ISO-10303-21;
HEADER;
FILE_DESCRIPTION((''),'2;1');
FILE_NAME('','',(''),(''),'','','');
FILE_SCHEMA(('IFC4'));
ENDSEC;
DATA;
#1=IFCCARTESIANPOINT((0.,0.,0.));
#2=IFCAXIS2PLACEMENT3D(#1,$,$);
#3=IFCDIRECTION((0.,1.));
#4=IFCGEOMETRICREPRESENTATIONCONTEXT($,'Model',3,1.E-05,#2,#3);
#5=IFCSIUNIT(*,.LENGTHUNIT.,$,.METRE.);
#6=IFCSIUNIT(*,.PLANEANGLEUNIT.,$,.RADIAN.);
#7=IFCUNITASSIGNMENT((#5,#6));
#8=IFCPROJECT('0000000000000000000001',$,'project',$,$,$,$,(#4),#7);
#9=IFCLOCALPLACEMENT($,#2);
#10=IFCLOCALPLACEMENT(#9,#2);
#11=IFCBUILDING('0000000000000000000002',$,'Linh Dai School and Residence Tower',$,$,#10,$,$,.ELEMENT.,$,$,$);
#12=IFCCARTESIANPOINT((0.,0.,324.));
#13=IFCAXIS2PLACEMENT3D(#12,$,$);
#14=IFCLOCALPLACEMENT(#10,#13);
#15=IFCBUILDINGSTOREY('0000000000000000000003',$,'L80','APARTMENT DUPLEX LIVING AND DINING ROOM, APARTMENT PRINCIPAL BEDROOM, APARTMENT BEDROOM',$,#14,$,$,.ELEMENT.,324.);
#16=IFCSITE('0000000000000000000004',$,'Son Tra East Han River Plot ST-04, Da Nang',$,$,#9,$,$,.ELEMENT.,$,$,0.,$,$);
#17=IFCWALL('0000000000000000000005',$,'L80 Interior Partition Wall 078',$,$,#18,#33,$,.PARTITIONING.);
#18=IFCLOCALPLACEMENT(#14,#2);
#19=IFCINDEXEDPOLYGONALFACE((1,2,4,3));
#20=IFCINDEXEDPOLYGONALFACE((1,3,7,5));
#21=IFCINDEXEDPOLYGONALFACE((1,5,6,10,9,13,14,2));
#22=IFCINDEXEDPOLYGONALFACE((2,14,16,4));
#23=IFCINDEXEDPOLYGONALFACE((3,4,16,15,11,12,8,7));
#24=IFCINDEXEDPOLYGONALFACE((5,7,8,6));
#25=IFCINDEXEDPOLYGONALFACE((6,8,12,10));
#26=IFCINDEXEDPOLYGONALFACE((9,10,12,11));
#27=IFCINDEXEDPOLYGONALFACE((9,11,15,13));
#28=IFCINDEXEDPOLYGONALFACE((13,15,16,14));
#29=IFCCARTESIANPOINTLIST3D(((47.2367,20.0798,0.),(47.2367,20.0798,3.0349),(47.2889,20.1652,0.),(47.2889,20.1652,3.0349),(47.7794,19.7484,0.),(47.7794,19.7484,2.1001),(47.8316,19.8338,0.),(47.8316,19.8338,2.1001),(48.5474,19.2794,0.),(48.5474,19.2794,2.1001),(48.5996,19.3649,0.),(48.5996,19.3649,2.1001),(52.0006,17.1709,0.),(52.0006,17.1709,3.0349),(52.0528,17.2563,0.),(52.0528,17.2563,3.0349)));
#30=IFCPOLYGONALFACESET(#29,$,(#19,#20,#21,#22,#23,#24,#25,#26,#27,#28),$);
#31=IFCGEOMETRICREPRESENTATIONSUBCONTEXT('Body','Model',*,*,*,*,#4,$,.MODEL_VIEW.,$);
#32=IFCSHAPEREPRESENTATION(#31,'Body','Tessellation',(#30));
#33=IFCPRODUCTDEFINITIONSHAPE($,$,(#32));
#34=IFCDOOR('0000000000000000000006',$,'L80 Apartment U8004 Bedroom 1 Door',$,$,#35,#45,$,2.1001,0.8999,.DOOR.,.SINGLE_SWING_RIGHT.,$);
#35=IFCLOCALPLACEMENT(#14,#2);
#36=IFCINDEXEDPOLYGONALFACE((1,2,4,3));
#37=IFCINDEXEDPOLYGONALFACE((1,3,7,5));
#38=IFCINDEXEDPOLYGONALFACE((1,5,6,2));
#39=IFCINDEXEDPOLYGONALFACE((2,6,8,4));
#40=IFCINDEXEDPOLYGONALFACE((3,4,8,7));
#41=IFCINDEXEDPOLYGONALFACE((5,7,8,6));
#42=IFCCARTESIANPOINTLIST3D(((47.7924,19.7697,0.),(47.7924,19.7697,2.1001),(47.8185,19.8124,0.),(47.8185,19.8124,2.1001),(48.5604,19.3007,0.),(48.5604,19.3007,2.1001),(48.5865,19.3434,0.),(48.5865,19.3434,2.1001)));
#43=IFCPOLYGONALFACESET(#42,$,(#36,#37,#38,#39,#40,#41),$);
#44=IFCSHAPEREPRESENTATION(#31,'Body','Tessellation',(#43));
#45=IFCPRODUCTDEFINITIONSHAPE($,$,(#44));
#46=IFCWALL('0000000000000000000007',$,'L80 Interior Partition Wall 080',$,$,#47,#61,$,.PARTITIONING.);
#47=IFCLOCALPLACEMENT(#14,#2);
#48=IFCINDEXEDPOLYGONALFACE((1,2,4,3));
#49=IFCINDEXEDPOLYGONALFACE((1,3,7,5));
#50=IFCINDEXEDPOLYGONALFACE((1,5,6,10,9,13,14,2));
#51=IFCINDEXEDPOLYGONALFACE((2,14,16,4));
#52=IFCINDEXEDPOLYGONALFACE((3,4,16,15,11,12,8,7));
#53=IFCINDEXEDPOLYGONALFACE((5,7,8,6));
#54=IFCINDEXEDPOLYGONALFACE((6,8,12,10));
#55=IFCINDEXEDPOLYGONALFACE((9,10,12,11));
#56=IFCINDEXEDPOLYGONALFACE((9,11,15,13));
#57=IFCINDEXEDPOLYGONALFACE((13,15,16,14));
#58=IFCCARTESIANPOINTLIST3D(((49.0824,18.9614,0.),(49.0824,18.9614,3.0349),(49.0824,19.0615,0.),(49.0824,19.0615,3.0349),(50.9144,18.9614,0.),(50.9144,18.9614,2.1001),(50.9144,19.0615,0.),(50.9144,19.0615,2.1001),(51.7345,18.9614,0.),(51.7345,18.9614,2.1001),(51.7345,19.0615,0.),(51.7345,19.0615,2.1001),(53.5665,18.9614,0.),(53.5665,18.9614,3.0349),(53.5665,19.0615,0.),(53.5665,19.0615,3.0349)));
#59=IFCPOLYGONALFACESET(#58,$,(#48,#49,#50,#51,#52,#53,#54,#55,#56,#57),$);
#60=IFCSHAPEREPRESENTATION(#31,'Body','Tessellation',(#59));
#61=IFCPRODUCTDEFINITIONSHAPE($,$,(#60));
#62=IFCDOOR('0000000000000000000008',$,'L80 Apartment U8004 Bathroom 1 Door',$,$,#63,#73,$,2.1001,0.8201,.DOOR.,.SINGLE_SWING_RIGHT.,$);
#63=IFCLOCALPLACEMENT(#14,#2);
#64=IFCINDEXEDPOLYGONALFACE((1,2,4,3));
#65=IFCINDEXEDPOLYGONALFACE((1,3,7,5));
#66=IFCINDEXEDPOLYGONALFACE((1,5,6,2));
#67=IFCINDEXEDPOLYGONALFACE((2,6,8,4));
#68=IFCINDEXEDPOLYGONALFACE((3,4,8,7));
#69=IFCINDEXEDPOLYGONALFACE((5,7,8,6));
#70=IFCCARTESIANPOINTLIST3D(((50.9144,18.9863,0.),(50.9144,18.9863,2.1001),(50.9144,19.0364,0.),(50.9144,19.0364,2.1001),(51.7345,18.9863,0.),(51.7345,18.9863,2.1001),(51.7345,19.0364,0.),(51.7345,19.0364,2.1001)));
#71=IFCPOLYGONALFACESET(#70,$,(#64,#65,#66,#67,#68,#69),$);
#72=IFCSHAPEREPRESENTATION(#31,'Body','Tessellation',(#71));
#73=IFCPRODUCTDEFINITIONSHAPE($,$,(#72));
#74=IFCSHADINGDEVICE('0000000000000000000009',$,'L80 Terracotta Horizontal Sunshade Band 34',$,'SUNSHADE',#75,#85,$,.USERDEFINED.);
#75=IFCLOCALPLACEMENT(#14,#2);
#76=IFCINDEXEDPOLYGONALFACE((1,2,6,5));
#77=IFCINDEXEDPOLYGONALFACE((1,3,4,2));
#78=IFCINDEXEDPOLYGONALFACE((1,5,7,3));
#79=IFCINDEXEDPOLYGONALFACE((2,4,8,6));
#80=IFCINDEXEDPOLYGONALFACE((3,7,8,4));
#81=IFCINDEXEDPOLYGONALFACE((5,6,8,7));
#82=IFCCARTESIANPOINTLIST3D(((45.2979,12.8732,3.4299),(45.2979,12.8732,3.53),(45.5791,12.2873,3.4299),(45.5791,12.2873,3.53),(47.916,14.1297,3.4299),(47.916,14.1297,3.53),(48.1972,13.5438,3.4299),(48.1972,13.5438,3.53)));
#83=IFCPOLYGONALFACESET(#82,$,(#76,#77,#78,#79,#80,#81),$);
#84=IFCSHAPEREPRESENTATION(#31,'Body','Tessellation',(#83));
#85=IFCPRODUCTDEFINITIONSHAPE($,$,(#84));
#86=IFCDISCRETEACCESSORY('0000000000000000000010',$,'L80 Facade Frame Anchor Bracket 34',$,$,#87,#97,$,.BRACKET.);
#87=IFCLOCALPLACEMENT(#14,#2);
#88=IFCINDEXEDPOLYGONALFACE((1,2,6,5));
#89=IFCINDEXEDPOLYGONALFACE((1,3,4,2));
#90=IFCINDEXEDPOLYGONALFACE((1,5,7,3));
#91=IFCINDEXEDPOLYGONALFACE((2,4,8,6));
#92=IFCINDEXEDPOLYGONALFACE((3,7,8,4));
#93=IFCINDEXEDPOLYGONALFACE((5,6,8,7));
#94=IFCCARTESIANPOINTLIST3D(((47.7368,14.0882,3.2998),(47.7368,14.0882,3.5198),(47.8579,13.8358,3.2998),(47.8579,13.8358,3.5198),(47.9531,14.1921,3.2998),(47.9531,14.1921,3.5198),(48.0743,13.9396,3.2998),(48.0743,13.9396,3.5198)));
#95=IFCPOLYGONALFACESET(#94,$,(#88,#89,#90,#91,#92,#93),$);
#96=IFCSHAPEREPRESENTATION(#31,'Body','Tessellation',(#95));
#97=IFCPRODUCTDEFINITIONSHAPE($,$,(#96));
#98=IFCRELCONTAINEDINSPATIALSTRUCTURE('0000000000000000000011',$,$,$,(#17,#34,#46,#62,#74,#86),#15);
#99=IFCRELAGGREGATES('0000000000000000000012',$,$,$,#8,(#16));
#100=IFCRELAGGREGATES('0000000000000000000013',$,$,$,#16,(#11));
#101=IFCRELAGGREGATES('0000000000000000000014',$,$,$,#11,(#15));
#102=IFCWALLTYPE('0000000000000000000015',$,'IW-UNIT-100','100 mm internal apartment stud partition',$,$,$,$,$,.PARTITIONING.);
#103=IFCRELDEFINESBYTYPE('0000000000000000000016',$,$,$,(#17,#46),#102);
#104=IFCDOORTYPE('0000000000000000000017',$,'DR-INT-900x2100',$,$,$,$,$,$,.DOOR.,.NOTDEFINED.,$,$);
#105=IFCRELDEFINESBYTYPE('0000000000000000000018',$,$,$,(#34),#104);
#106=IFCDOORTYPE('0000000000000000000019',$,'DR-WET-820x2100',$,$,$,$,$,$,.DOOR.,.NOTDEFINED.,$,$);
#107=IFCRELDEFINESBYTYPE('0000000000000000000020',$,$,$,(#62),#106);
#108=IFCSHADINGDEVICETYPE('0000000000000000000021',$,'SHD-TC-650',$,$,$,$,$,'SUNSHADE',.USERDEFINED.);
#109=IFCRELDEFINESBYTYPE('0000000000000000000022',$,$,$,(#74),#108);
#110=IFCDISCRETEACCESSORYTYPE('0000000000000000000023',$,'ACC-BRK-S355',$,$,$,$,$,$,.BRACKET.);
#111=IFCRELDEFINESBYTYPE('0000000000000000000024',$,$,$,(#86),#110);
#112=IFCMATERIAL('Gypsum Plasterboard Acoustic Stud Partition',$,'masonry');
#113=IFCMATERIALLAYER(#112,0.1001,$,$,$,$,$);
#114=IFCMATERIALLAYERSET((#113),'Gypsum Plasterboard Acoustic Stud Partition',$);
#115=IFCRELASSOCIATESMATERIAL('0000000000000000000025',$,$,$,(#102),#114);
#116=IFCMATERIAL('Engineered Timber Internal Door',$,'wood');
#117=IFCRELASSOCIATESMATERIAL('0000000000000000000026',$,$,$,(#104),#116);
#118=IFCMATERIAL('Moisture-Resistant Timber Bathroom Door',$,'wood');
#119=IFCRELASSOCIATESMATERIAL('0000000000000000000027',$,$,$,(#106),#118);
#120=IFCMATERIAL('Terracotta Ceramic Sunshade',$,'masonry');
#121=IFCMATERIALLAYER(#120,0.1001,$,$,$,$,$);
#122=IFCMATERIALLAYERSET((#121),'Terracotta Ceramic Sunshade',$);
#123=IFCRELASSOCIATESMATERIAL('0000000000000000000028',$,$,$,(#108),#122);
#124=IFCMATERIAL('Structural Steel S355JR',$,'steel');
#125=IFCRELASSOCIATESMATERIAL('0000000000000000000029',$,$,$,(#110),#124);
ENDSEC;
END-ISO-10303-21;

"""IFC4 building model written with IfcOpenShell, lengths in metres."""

from ifc_helpers import new_model, si_unit, direction, frame, frame_2d, origin, origin_2d, place, context, subcontext, project, spatial, rectangle, extrude, source, transform, mapped, material, layer, layer_set, type_object, element, fill, save


model = new_model("IFC4")

# Units and contexts
model_context = context("Model", 3, precision=1e-05, world=origin(), true_north=direction((0.0, 1.0)))
body_context = subcontext(model_context, "Body", "Model", "MODEL_VIEW")
ifc_project = project(units=[si_unit("LENGTHUNIT", "METRE"), si_unit("PLANEANGLEUNIT", "RADIAN")], contexts=[model_context])

# Site, building, storey
site_placement = place(None, origin())
site = spatial("IfcSite", under=ifc_project, at=site_placement, Name="Son Tra East Han River Plot ST-04, Da Nang", CompositionType="ELEMENT", RefElevation=0.0)
building_placement = place(site_placement, origin())
building = spatial("IfcBuilding", under=site, at=building_placement, Name="Linh Dai School and Residence Tower", CompositionType="ELEMENT")
storey_placement = place(building_placement, frame((0.0, 0.0, 324.0)))
storey = spatial("IfcBuildingStorey", under=building, at=storey_placement, Name="L80", Description="APARTMENT DUPLEX LIVING AND DINING ROOM, APARTMENT PRINCIPAL BEDROOM, APARTMENT BEDROOM", CompositionType="ELEMENT", Elevation=324.0)

# Shared definitions
ifc_material_1 = material(Name="Structural Steel S355JR", Category="steel")

# Shared definitions
ifc_material_2 = material(Name="Gypsum Plasterboard Acoustic Stud Partition", Category="masonry")
ifc_layer_1 = layer(ifc_material_2, 0.1001)
ifc_layer_set_1 = layer_set([ifc_layer_1], Name="Gypsum Plasterboard Acoustic Stud Partition")
wall_type_1 = type_object("IfcWallType", Name="IW-UNIT-100", Description="100 mm internal apartment stud partition", PredefinedType="PARTITIONING", material=ifc_layer_set_1)

# Walls, openings, doors
wall_1_placement = place(storey_placement, frame((47.2627, 20.1226, 0.0), z_axis=(0.0, 0.0, 1.0), x_axis=(0.853469, -0.521144, 0.0)))
wall_1 = element("IfcWall", 1, at=wall_1_placement, inside=storey, type_object=wall_type_1, Name="L80 Interior Partition Wall 078", PredefinedType="PARTITIONING", context=body_context, shape_type="SweptSolid", body=[
    extrude(rectangle(XDim=5.5818, YDim=0.1001, at=frame_2d((2.791, 0.0))), origin(), (0.0, 0.0, 1.0), 3.0349),
])
opening_1_placement = place(wall_1_placement, frame((0.636, 0.0, 0.0)))
opening_1 = element("IfcOpeningElement", 2, at=opening_1_placement, cuts=wall_1, PredefinedType="OPENING", context=body_context, shape_type="SweptSolid", body=[
    extrude(rectangle(XDim=0.8999, YDim=2.1001, at=origin_2d()), frame((0.45, 0.0601, 1.05), z_axis=(0.0, -1.0, 0.0), x_axis=(1.0, 0.0, 0.0)), (0.0, 0.0, 1.0), 0.1201),
])
ifc_material_3 = material(Name="Engineered Timber Internal Door", Category="wood")
door_type_1 = type_object("IfcDoorType", Name="DR-INT-900x2100", OperationType="NOTDEFINED", PredefinedType="DOOR", material=ifc_material_3)
shared_shape_1 = source(origin(), body_context, "Body", "SweptSolid", [
    extrude(rectangle(XDim=0.8999, YDim=2.1001, at=origin_2d()), frame((0.45, 0.0249, 1.05), z_axis=(0.0, -1.0, 0.0), x_axis=(1.0, 0.0, 0.0)), (0.0, 0.0, 1.0), 0.05),
])
door_1_placement = place(opening_1_placement, origin())
door_1 = element("IfcDoor", 3, at=door_1_placement, inside=storey, type_object=door_type_1, Name="L80 Apartment U8004 Bedroom 1 Door", OperationType="SINGLE_SWING_RIGHT", OverallHeight=2.1001, OverallWidth=0.8999, PredefinedType="DOOR", context=body_context, shape_type="MappedRepresentation", body=[
    mapped(shared_shape_1, transform((0.0, 0.0, 0.0), x_axis=(1.0, 0.0, 0.0), y_axis=(0.0, 1.0, 0.0), z_axis=(0.0, 0.0, 1.0), scale=1.0)),
])
fill(opening_1, door_1)
wall_2_placement = place(storey_placement, frame((49.0823, 19.0115, 0.0), z_axis=(0.0, 0.0, 1.0), x_axis=(1.0, 0.0, 0.0)))
wall_2 = element("IfcWall", 4, at=wall_2_placement, inside=storey, type_object=wall_type_1, Name="L80 Interior Partition Wall 080", PredefinedType="PARTITIONING", context=body_context, shape_type="SweptSolid", body=[
    extrude(rectangle(XDim=4.4841, YDim=0.1001, at=frame_2d((2.2422, 0.0))), origin(), (0.0, 0.0, 1.0), 3.0349),
])
opening_2_placement = place(wall_2_placement, frame((1.832, 0.0, 0.0)))
opening_2 = element("IfcOpeningElement", 5, at=opening_2_placement, cuts=wall_2, PredefinedType="OPENING", context=body_context, shape_type="SweptSolid", body=[
    extrude(rectangle(XDim=0.8201, YDim=2.1001, at=origin_2d()), frame((0.4102, 0.0601, 1.05), z_axis=(0.0, -1.0, 0.0), x_axis=(1.0, 0.0, 0.0)), (0.0, 0.0, 1.0), 0.1201),
])
ifc_material_4 = material(Name="Moisture-Resistant Timber Bathroom Door", Category="wood")
door_type_2 = type_object("IfcDoorType", Name="DR-WET-820x2100", OperationType="NOTDEFINED", PredefinedType="DOOR", material=ifc_material_4)
shared_shape_2 = source(origin(), body_context, "Body", "SweptSolid", [
    extrude(rectangle(XDim=0.8201, YDim=2.1001, at=origin_2d()), frame((0.4102, 0.0249, 1.05), z_axis=(0.0, -1.0, 0.0), x_axis=(1.0, 0.0, 0.0)), (0.0, 0.0, 1.0), 0.05),
])
door_2_placement = place(opening_2_placement, origin())
door_2 = element("IfcDoor", 6, at=door_2_placement, inside=storey, type_object=door_type_2, Name="L80 Apartment U8004 Bathroom 1 Door", OperationType="SINGLE_SWING_RIGHT", OverallHeight=2.1001, OverallWidth=0.8201, PredefinedType="DOOR", context=body_context, shape_type="MappedRepresentation", body=[
    mapped(shared_shape_2, transform((0.0, 0.0, 0.0), x_axis=(1.0, 0.0, 0.0), y_axis=(0.0, 1.0, 0.0), z_axis=(0.0, 0.0, 1.0), scale=1.0)),
])
fill(opening_2, door_2)

# Shading device
ifc_material_5 = material(Name="Terracotta Ceramic Sunshade", Category="masonry")
ifc_layer_2 = layer(ifc_material_5, 0.1001)
ifc_layer_set_2 = layer_set([ifc_layer_2], Name="Terracotta Ceramic Sunshade")
shading_device_type = type_object("IfcShadingDeviceType", Name="SHD-TC-650", ElementType="SUNSHADE", PredefinedType="USERDEFINED", material=ifc_layer_set_2)
shared_shape_3 = source(origin(), body_context, "Body", "SweptSolid", [
    extrude(rectangle(XDim=2.9041, YDim=0.6499, at=origin_2d()), origin(), (0.0, 0.0, 1.0), 0.1001),
])
shading_device_placement = place(storey_placement, frame((46.7476, 13.2085, 3.4299), z_axis=(0.0, 0.0, 1.0), x_axis=(-0.901551, -0.432674, 0.0)))
element("IfcShadingDevice", 7, at=shading_device_placement, inside=storey, type_object=shading_device_type, Name="L80 Terracotta Horizontal Sunshade Band 34", ObjectType="SUNSHADE", PredefinedType="USERDEFINED", context=body_context, shape_type="MappedRepresentation", body=[
    mapped(shared_shape_3, transform((0.0, 0.0, 0.0), x_axis=(1.0, 0.0, 0.0), y_axis=(0.0, 1.0, 0.0), z_axis=(0.0, 0.0, 1.0), scale=1.0)),
])

# Discrete accessory
discrete_accessory_type = type_object("IfcDiscreteAccessoryType", Name="ACC-BRK-S355", PredefinedType="BRACKET", material=ifc_material_1)
shared_shape_4 = source(origin(), body_context, "Body", "SweptSolid", [
    extrude(rectangle(XDim=0.28, YDim=0.24, at=origin_2d()), origin(), (0.0, 0.0, 1.0), 0.22),
])
discrete_accessory_placement = place(storey_placement, frame((47.9055, 14.0139, 3.2998), z_axis=(0.0, 0.0, 1.0), x_axis=(0.432674, -0.901551, 0.0)))
element("IfcDiscreteAccessory", 8, at=discrete_accessory_placement, inside=storey, type_object=discrete_accessory_type, Name="L80 Facade Frame Anchor Bracket 34", PredefinedType="BRACKET", context=body_context, shape_type="MappedRepresentation", body=[
    mapped(shared_shape_4, transform((0.0, 0.0, 0.0), x_axis=(1.0, 0.0, 0.0), y_axis=(0.0, 1.0, 0.0), z_axis=(0.0, 0.0, 1.0), scale=1.0)),
])

save(model, "model.ifc")
